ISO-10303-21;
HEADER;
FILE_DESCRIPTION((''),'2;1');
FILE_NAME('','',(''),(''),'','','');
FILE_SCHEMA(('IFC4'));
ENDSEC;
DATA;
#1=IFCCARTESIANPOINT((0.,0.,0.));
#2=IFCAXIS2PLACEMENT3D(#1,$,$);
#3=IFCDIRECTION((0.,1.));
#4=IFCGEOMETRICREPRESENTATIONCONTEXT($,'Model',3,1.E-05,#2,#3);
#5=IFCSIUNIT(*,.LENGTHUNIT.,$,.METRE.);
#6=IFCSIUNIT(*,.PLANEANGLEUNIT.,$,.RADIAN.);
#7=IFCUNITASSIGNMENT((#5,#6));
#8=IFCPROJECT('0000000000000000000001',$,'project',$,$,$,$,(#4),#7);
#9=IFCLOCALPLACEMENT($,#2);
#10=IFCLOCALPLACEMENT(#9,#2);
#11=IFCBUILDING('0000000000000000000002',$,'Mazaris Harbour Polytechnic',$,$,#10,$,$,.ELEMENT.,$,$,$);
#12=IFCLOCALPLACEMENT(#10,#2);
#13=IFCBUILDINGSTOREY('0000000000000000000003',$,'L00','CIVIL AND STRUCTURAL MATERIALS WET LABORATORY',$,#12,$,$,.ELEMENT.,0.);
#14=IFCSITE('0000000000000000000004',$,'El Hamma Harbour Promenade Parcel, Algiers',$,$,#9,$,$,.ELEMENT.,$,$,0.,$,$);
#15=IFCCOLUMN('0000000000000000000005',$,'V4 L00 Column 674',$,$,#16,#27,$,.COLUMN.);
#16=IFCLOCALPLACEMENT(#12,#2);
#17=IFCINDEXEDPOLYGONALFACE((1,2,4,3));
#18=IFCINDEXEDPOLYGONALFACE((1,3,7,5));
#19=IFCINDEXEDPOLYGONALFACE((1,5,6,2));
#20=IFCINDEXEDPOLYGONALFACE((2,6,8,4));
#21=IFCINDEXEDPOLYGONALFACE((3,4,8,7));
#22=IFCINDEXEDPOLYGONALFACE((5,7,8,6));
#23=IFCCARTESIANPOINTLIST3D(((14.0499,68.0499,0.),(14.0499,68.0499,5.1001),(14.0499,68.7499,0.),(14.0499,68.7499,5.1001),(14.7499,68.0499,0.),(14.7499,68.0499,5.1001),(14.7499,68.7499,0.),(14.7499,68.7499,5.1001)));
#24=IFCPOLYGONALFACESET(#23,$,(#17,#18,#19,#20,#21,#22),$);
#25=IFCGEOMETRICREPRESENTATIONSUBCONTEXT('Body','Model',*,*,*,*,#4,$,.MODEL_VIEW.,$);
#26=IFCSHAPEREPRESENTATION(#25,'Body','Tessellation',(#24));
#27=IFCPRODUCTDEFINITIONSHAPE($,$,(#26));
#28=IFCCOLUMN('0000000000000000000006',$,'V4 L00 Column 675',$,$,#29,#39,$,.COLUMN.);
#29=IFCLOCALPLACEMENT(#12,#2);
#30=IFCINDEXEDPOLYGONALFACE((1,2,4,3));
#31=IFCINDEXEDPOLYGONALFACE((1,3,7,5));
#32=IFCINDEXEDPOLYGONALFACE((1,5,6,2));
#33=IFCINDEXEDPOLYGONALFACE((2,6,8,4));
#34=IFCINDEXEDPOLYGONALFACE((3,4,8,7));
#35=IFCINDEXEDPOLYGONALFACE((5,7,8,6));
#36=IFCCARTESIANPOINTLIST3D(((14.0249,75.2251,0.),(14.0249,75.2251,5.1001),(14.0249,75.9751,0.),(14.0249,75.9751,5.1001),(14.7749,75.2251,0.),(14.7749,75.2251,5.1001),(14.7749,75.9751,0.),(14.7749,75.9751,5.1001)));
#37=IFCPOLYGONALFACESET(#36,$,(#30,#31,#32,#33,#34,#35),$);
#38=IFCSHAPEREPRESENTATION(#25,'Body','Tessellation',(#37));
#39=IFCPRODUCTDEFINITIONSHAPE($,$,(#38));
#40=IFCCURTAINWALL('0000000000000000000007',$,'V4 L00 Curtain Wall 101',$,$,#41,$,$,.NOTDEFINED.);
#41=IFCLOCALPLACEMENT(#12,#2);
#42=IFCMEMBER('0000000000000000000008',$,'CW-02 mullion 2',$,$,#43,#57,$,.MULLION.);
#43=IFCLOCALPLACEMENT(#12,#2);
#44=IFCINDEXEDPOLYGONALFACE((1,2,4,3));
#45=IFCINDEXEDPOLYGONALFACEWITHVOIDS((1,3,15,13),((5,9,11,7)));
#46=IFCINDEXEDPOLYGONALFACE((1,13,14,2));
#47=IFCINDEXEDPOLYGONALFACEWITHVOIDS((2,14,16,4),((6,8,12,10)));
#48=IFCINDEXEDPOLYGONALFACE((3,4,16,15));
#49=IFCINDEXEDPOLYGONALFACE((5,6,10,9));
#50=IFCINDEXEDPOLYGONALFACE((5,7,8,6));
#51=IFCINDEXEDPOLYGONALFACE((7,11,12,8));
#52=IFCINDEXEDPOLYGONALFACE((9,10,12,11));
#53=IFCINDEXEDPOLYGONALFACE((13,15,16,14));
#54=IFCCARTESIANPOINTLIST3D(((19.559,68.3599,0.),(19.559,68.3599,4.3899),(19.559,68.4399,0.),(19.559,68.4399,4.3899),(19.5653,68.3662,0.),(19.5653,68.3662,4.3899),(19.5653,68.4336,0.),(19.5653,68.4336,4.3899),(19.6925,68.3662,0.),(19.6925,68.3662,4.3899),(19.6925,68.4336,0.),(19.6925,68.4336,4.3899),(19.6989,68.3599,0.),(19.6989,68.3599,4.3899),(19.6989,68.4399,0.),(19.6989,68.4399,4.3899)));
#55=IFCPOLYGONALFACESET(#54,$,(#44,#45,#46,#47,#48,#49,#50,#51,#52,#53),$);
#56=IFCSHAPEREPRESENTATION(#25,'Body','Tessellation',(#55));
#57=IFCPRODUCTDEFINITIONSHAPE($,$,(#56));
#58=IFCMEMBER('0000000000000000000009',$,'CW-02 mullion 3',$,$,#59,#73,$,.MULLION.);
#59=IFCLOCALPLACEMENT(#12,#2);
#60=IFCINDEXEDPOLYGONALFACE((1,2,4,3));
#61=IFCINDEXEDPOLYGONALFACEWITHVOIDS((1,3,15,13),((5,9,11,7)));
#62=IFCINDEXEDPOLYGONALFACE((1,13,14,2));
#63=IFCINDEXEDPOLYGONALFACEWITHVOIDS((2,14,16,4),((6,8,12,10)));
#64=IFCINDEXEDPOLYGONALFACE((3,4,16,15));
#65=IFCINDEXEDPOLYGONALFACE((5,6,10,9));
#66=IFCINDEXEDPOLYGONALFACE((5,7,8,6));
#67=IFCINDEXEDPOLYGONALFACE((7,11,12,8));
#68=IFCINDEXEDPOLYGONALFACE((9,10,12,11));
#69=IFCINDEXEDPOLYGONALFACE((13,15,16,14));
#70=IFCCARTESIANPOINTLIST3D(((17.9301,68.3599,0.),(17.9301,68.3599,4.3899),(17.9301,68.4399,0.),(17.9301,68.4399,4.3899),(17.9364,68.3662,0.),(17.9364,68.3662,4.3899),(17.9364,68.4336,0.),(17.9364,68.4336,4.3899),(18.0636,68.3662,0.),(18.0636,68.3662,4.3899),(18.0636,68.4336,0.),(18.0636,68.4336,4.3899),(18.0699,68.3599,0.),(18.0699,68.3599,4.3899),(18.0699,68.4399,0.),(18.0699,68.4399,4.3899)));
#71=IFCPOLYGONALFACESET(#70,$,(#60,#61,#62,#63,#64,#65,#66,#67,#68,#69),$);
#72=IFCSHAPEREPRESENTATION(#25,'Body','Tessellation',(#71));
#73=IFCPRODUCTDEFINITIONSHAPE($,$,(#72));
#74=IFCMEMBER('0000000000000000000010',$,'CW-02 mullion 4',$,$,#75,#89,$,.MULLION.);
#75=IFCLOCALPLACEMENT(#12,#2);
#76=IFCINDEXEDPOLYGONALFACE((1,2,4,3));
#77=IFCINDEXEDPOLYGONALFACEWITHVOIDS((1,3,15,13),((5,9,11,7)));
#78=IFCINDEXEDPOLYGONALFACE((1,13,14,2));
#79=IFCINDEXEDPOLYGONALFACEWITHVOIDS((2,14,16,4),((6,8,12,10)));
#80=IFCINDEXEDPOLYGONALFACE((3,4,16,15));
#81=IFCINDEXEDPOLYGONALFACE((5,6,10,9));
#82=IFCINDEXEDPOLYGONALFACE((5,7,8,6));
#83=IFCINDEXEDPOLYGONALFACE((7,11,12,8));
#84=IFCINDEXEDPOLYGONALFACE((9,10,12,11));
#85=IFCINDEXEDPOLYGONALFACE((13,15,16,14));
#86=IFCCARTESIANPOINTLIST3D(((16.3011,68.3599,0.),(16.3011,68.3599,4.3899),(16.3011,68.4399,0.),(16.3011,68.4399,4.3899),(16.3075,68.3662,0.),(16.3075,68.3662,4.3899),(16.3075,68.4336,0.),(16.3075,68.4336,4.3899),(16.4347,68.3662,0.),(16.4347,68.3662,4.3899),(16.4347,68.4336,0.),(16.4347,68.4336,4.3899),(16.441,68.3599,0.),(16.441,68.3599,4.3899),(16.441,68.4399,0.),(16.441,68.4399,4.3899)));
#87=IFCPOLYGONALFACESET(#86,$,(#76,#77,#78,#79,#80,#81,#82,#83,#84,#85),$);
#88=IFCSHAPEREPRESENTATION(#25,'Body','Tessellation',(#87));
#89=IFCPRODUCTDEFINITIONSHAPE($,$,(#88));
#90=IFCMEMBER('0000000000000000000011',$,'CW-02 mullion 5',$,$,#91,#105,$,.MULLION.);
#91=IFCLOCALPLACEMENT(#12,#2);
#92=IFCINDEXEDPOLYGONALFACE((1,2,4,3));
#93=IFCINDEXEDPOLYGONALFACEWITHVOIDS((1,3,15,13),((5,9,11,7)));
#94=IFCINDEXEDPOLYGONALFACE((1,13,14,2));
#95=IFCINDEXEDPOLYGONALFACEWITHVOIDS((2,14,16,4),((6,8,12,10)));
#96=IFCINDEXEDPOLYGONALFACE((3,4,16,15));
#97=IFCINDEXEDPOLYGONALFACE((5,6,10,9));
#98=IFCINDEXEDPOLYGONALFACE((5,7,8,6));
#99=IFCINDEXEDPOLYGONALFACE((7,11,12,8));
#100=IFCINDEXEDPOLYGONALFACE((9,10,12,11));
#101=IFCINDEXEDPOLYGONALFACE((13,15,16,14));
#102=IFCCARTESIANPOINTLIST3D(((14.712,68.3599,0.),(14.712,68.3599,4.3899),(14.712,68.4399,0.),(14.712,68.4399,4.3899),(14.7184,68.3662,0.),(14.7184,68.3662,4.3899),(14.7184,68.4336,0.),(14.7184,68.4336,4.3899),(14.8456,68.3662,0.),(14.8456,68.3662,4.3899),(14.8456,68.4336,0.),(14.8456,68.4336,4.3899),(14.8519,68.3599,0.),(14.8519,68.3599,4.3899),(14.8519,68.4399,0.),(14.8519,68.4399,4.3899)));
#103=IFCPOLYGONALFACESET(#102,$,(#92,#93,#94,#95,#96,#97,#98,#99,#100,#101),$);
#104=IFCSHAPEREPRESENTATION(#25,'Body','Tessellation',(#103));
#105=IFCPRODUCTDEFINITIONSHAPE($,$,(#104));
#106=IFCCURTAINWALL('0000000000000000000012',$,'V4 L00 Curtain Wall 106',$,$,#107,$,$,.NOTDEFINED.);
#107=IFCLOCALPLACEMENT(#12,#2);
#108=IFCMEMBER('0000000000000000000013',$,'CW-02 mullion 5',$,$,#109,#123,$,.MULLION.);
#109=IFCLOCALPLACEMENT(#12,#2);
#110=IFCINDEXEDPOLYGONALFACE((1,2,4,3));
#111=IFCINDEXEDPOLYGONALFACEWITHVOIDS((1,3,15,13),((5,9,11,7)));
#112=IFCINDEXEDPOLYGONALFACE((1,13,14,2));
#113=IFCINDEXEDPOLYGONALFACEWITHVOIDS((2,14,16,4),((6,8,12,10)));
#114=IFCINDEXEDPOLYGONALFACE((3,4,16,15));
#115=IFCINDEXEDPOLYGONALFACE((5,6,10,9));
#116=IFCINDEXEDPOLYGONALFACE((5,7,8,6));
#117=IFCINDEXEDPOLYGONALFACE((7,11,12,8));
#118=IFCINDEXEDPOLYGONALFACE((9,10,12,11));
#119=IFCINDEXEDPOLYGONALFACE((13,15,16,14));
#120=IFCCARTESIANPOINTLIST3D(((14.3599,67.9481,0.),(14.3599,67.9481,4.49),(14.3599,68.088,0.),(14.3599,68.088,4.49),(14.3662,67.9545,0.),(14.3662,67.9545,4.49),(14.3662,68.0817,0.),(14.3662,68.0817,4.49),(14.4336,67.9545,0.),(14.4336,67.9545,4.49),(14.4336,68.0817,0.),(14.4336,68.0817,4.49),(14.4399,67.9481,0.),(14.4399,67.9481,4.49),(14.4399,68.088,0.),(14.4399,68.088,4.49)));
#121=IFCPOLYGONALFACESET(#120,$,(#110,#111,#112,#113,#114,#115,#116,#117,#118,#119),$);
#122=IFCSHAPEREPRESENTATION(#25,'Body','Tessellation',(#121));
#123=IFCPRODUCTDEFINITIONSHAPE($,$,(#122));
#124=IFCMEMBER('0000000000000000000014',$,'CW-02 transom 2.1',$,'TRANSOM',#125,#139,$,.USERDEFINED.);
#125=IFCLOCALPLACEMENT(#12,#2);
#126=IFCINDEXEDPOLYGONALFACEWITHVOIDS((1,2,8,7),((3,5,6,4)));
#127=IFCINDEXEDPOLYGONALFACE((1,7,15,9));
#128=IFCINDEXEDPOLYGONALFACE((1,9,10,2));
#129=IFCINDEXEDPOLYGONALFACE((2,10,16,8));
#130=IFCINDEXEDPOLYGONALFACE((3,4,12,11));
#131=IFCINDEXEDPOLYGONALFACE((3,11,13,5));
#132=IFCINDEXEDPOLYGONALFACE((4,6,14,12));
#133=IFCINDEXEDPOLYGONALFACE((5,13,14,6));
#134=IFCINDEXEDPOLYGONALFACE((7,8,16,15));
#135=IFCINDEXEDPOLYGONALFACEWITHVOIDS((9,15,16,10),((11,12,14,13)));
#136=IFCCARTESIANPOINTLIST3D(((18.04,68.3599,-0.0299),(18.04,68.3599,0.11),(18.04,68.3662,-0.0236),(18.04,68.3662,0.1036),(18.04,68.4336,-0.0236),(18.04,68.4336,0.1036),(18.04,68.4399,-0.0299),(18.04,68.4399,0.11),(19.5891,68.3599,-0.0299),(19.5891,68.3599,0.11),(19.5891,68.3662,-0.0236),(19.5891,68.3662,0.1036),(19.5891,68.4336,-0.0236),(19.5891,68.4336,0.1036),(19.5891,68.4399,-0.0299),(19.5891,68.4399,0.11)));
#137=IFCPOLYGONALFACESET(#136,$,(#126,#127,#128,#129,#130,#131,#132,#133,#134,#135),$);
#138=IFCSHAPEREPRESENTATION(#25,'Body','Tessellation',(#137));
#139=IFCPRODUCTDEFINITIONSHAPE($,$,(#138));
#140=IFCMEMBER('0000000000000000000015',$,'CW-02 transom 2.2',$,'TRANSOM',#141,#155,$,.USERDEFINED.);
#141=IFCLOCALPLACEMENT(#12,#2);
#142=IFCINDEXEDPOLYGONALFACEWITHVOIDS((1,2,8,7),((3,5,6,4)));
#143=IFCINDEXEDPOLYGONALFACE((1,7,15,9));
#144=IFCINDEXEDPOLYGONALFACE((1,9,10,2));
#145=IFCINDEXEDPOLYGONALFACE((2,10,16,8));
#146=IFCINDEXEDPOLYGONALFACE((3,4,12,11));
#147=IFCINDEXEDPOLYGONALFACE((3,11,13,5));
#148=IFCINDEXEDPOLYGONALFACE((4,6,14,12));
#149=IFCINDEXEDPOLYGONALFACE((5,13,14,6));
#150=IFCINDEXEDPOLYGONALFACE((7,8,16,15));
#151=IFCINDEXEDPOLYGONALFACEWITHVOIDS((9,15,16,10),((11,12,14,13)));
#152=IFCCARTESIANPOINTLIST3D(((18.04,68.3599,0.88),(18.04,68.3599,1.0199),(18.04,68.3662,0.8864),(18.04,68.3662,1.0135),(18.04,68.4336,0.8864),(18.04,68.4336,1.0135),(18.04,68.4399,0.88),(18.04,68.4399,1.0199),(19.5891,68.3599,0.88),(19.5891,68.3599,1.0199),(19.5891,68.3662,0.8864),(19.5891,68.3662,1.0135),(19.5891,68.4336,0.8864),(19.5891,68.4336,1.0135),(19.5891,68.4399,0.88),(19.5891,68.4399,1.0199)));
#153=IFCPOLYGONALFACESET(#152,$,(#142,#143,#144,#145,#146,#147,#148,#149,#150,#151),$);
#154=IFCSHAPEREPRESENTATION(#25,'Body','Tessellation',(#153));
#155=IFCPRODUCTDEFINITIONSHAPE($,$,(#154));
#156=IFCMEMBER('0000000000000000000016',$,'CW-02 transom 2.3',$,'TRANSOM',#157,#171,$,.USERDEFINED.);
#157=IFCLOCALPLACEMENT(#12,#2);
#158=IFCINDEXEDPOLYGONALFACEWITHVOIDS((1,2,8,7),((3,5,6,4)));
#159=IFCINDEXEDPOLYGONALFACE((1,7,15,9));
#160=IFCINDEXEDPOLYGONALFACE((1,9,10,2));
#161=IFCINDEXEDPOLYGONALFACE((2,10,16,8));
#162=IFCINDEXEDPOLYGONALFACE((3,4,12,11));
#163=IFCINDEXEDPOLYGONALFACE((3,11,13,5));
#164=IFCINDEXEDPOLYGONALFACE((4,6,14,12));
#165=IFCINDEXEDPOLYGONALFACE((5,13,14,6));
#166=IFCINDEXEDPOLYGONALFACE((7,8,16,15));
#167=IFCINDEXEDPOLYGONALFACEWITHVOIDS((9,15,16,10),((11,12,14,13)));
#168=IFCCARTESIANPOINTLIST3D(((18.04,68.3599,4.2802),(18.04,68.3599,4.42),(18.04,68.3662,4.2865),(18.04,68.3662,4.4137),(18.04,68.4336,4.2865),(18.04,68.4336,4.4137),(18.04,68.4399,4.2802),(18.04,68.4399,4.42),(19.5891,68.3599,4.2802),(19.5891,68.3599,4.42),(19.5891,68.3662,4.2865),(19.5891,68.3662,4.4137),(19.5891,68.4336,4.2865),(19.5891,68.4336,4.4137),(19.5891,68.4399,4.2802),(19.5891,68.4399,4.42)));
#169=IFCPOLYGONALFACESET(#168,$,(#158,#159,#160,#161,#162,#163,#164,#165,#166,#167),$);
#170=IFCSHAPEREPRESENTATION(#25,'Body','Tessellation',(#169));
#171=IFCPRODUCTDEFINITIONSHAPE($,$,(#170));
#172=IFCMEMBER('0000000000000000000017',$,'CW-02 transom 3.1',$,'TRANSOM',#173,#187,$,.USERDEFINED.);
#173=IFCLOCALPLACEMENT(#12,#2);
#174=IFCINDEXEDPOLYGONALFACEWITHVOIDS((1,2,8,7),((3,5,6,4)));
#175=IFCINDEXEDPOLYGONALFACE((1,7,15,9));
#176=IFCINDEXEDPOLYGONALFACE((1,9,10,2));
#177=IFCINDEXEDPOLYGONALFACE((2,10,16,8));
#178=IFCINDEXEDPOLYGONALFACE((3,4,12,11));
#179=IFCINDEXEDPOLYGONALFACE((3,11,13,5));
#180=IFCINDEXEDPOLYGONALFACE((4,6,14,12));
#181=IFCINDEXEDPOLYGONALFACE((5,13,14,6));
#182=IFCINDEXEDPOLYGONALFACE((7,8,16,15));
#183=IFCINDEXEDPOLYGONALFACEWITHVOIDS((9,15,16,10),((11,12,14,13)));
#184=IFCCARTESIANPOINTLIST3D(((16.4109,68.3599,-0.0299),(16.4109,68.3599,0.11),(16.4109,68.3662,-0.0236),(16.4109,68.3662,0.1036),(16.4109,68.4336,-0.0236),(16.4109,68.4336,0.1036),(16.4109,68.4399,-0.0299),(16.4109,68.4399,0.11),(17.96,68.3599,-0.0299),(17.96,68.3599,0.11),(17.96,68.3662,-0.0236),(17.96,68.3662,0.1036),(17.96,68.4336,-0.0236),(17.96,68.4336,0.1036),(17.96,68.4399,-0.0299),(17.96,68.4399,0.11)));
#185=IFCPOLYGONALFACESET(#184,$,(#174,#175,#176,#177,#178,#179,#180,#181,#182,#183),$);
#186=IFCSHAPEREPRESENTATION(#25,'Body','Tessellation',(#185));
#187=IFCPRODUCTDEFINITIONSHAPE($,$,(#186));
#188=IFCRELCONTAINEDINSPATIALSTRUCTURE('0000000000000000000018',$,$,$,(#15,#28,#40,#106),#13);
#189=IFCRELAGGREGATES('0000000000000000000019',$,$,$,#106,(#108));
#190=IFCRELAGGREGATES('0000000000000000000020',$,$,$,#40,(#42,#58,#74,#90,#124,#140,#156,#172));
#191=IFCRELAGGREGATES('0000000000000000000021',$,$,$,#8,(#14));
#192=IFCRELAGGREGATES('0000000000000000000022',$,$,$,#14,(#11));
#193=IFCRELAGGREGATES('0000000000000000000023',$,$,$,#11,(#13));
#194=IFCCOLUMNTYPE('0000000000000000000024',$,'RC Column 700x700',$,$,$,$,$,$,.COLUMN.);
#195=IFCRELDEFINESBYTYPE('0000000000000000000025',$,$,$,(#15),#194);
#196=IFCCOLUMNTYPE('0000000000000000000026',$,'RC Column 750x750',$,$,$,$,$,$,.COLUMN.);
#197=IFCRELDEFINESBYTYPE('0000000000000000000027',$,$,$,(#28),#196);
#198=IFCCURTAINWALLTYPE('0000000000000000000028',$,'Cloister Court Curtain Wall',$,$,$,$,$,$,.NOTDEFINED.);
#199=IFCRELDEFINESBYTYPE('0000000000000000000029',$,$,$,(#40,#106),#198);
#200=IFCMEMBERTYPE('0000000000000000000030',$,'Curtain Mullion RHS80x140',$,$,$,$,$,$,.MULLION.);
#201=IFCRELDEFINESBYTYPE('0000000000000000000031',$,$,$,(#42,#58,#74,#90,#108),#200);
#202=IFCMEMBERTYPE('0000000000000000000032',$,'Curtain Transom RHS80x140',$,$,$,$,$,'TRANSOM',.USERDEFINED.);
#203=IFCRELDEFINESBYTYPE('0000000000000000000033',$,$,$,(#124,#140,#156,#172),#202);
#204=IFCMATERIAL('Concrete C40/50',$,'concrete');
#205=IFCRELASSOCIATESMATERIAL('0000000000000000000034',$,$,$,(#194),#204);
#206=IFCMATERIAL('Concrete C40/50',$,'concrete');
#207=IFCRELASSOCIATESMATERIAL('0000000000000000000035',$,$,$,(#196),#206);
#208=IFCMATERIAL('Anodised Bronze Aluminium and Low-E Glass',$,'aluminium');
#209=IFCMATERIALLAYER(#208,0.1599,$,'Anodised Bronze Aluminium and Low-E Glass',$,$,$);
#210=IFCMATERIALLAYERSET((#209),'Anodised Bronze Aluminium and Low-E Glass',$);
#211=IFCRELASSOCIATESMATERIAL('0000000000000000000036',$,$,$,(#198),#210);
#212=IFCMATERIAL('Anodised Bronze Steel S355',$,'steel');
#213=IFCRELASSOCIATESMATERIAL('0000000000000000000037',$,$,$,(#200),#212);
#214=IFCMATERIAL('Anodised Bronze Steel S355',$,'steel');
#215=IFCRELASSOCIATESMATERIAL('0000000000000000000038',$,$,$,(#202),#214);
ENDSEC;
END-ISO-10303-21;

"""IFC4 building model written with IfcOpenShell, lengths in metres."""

from ifc_helpers import new_model, si_unit, direction, frame, origin, origin_2d, place, context, subcontext, project, spatial, rectangle, hollow_rectangle, extrude, material, layer, layer_set, material_profile, profile_set, type_object, element, aggregate, save


model = new_model("IFC4")

# Units and contexts
model_context = context("Model", 3, precision=1e-05, world=origin(), true_north=direction((0.0, 1.0)))
body_context = subcontext(model_context, "Body", "Model", "MODEL_VIEW")
ifc_project = project(units=[si_unit("LENGTHUNIT", "METRE"), si_unit("PLANEANGLEUNIT", "RADIAN")], contexts=[model_context])

# Site, building, storey
site_placement = place(None, origin())
site = spatial("IfcSite", under=ifc_project, at=site_placement, Name="El Hamma Harbour Promenade Parcel, Algiers", CompositionType="ELEMENT", RefElevation=0.0)
building_placement = place(site_placement, origin())
building = spatial("IfcBuilding", under=site, at=building_placement, Name="Mazaris Harbour Polytechnic", CompositionType="ELEMENT")
storey_placement = place(building_placement, origin())
storey = spatial("IfcBuildingStorey", under=building, at=storey_placement, Name="L00", Description="CIVIL AND STRUCTURAL MATERIALS WET LABORATORY", CompositionType="ELEMENT", Elevation=0.0)

# Columns
ifc_material_1 = material(Name="Concrete C40/50", Category="concrete")
ifc_material_profile_1 = material_profile(ifc_material_1, rectangle(XDim=0.7, YDim=0.7, at=origin_2d()), Name="RECT700x700")
ifc_profile_set_1 = profile_set([ifc_material_profile_1], Name="Concrete C40/50")
column_type_1 = type_object("IfcColumnType", Name="RC Column 700x700", PredefinedType="COLUMN", material=ifc_profile_set_1)
column_1_placement = place(storey_placement, frame((14.3999, 68.3999, 0.0), z_axis=(0.0, 0.0, 1.0), x_axis=(1.0, 0.0, 0.0)))
element("IfcColumn", 1, at=column_1_placement, inside=storey, type_object=column_type_1, Name="V4 L00 Column 674", PredefinedType="COLUMN", context=body_context, shape_type="SweptSolid", body=[
    extrude(rectangle(XDim=0.7, YDim=0.7, at=origin_2d()), origin(), (0.0, 0.0, 1.0), 5.1001),
])
ifc_material_2 = material(Name="Concrete C40/50", Category="concrete")
ifc_material_profile_2 = material_profile(ifc_material_2, rectangle(XDim=0.75, YDim=0.75, at=origin_2d()), Name="RECT750x750")
ifc_profile_set_2 = profile_set([ifc_material_profile_2], Name="Concrete C40/50")
column_type_2 = type_object("IfcColumnType", Name="RC Column 750x750", PredefinedType="COLUMN", material=ifc_profile_set_2)
column_2_placement = place(storey_placement, frame((14.3999, 75.6001, 0.0), z_axis=(0.0, 0.0, 1.0), x_axis=(1.0, 0.0, 0.0)))
element("IfcColumn", 2, at=column_2_placement, inside=storey, type_object=column_type_2, Name="V4 L00 Column 675", PredefinedType="COLUMN", context=body_context, shape_type="SweptSolid", body=[
    extrude(rectangle(XDim=0.75, YDim=0.75, at=origin_2d()), origin(), (0.0, 0.0, 1.0), 5.1001),
])

# Curtain wall, members
ifc_material_3 = material(Name="Anodised Bronze Aluminium and Low-E Glass", Category="aluminium")
ifc_layer_1 = layer(ifc_material_3, 0.1599, Name="Anodised Bronze Aluminium and Low-E Glass")
ifc_layer_set_1 = layer_set([ifc_layer_1], Name="Anodised Bronze Aluminium and Low-E Glass")
curtain_wall_type = type_object("IfcCurtainWallType", Name="Cloister Court Curtain Wall", PredefinedType="NOTDEFINED", material=ifc_layer_set_1)
curtain_wall_1_placement = place(storey_placement, origin())
curtain_wall_1 = element("IfcCurtainWall", 3, at=curtain_wall_1_placement, inside=storey, type_object=curtain_wall_type, Name="V4 L00 Curtain Wall 101", PredefinedType="NOTDEFINED")
ifc_material_4 = material(Name="Anodised Bronze Steel S355", Category="steel")
ifc_material_profile_3 = material_profile(ifc_material_4, hollow_rectangle(XDim=0.0801, YDim=0.1399, WallThickness=0.0063, at=origin_2d()), Name="RHS 80x140x6.3")
ifc_profile_set_3 = profile_set([ifc_material_profile_3], Name="Anodised Bronze Steel S355")
member_type_1 = type_object("IfcMemberType", Name="Curtain Mullion RHS80x140", PredefinedType="MULLION", material=ifc_profile_set_3)
member_1_placement = place(storey_placement, frame((19.6289, 68.3999, 0.0), z_axis=(0.0, 0.0, 1.0), x_axis=(0.0, -1.0, 0.0)))
member_1 = element("IfcMember", 4, at=member_1_placement, type_object=member_type_1, Name="CW-02 mullion 2", PredefinedType="MULLION", context=body_context, shape_type="SweptSolid", body=[
    extrude(hollow_rectangle(XDim=0.0801, YDim=0.1399, WallThickness=0.0063, at=origin_2d()), origin(), (0.0, 0.0, 1.0), 4.3899),
])
member_2_placement = place(storey_placement, frame((18.0, 68.3999, 0.0), z_axis=(0.0, 0.0, 1.0), x_axis=(0.0, -1.0, 0.0)))
member_2 = element("IfcMember", 5, at=member_2_placement, type_object=member_type_1, Name="CW-02 mullion 3", PredefinedType="MULLION", context=body_context, shape_type="SweptSolid", body=[
    extrude(hollow_rectangle(XDim=0.0801, YDim=0.1399, WallThickness=0.0063, at=origin_2d()), origin(), (0.0, 0.0, 1.0), 4.3899),
])
member_3_placement = place(storey_placement, frame((16.3711, 68.3999, 0.0), z_axis=(0.0, 0.0, 1.0), x_axis=(0.0, -1.0, 0.0)))
member_3 = element("IfcMember", 6, at=member_3_placement, type_object=member_type_1, Name="CW-02 mullion 4", PredefinedType="MULLION", context=body_context, shape_type="SweptSolid", body=[
    extrude(hollow_rectangle(XDim=0.0801, YDim=0.1399, WallThickness=0.0063, at=origin_2d()), origin(), (0.0, 0.0, 1.0), 4.3899),
])
member_4_placement = place(storey_placement, frame((14.782, 68.3999, 0.0), z_axis=(0.0, 0.0, 1.0), x_axis=(0.0, -1.0, 0.0)))
member_4 = element("IfcMember", 7, at=member_4_placement, type_object=member_type_1, Name="CW-02 mullion 5", PredefinedType="MULLION", context=body_context, shape_type="SweptSolid", body=[
    extrude(hollow_rectangle(XDim=0.0801, YDim=0.1399, WallThickness=0.0063, at=origin_2d()), origin(), (0.0, 0.0, 1.0), 4.3899),
])

# Curtain wall, member
curtain_wall_2_placement = place(storey_placement, origin())
curtain_wall_2 = element("IfcCurtainWall", 8, at=curtain_wall_2_placement, inside=storey, type_object=curtain_wall_type, Name="V4 L00 Curtain Wall 106", PredefinedType="NOTDEFINED")
member_5_placement = place(storey_placement, frame((14.3999, 68.0181, 0.0), z_axis=(0.0, 0.0, 1.0), x_axis=(-1.0, 0.0, 0.0)))
member_5 = element("IfcMember", 9, at=member_5_placement, type_object=member_type_1, Name="CW-02 mullion 5", PredefinedType="MULLION", context=body_context, shape_type="SweptSolid", body=[
    extrude(hollow_rectangle(XDim=0.0801, YDim=0.1399, WallThickness=0.0063, at=origin_2d()), origin(), (0.0, 0.0, 1.0), 4.49),
])
aggregate(curtain_wall_2, [member_5])

# Members
ifc_material_5 = material(Name="Anodised Bronze Steel S355", Category="steel")
ifc_material_profile_4 = material_profile(ifc_material_5, hollow_rectangle(XDim=0.0801, YDim=0.1399, WallThickness=0.0063, at=origin_2d()), Name="RHS 80x140x6.3")
ifc_profile_set_4 = profile_set([ifc_material_profile_4], Name="Anodised Bronze Steel S355")
member_type_2 = type_object("IfcMemberType", Name="Curtain Transom RHS80x140", ElementType="TRANSOM", PredefinedType="USERDEFINED", material=ifc_profile_set_4)
member_6_placement = place(storey_placement, frame((19.5891, 68.3999, 0.04), z_axis=(-1.0, 0.0, 0.0), x_axis=(0.0, -1.0, 0.0)))
member_6 = element("IfcMember", 10, at=member_6_placement, type_object=member_type_2, Name="CW-02 transom 2.1", ObjectType="TRANSOM", PredefinedType="USERDEFINED", context=body_context, shape_type="SweptSolid", body=[
    extrude(hollow_rectangle(XDim=0.0801, YDim=0.1399, WallThickness=0.0063, at=origin_2d()), origin(), (0.0, 0.0, 1.0), 1.5491),
])
member_7_placement = place(storey_placement, frame((19.5891, 68.3999, 0.95), z_axis=(-1.0, 0.0, 0.0), x_axis=(0.0, -1.0, 0.0)))
member_7 = element("IfcMember", 11, at=member_7_placement, type_object=member_type_2, Name="CW-02 transom 2.2", ObjectType="TRANSOM", PredefinedType="USERDEFINED", context=body_context, shape_type="SweptSolid", body=[
    extrude(hollow_rectangle(XDim=0.0801, YDim=0.1399, WallThickness=0.0063, at=origin_2d()), origin(), (0.0, 0.0, 1.0), 1.5491),
])
member_8_placement = place(storey_placement, frame((19.5891, 68.3999, 4.3501), z_axis=(-1.0, 0.0, 0.0), x_axis=(0.0, -1.0, 0.0)))
member_8 = element("IfcMember", 12, at=member_8_placement, type_object=member_type_2, Name="CW-02 transom 2.3", ObjectType="TRANSOM", PredefinedType="USERDEFINED", context=body_context, shape_type="SweptSolid", body=[
    extrude(hollow_rectangle(XDim=0.0801, YDim=0.1399, WallThickness=0.0063, at=origin_2d()), origin(), (0.0, 0.0, 1.0), 1.5491),
])
member_9_placement = place(storey_placement, frame((17.96, 68.3999, 0.04), z_axis=(-1.0, 0.0, 0.0), x_axis=(0.0, -1.0, 0.0)))
member_9 = element("IfcMember", 13, at=member_9_placement, type_object=member_type_2, Name="CW-02 transom 3.1", ObjectType="TRANSOM", PredefinedType="USERDEFINED", context=body_context, shape_type="SweptSolid", body=[
    extrude(hollow_rectangle(XDim=0.0801, YDim=0.1399, WallThickness=0.0063, at=origin_2d()), origin(), (0.0, 0.0, 1.0), 1.5491),
])

aggregate(curtain_wall_1, [member_1, member_2, member_3, member_4, member_6, member_7, member_8, member_9])

save(model, "model.ifc")
